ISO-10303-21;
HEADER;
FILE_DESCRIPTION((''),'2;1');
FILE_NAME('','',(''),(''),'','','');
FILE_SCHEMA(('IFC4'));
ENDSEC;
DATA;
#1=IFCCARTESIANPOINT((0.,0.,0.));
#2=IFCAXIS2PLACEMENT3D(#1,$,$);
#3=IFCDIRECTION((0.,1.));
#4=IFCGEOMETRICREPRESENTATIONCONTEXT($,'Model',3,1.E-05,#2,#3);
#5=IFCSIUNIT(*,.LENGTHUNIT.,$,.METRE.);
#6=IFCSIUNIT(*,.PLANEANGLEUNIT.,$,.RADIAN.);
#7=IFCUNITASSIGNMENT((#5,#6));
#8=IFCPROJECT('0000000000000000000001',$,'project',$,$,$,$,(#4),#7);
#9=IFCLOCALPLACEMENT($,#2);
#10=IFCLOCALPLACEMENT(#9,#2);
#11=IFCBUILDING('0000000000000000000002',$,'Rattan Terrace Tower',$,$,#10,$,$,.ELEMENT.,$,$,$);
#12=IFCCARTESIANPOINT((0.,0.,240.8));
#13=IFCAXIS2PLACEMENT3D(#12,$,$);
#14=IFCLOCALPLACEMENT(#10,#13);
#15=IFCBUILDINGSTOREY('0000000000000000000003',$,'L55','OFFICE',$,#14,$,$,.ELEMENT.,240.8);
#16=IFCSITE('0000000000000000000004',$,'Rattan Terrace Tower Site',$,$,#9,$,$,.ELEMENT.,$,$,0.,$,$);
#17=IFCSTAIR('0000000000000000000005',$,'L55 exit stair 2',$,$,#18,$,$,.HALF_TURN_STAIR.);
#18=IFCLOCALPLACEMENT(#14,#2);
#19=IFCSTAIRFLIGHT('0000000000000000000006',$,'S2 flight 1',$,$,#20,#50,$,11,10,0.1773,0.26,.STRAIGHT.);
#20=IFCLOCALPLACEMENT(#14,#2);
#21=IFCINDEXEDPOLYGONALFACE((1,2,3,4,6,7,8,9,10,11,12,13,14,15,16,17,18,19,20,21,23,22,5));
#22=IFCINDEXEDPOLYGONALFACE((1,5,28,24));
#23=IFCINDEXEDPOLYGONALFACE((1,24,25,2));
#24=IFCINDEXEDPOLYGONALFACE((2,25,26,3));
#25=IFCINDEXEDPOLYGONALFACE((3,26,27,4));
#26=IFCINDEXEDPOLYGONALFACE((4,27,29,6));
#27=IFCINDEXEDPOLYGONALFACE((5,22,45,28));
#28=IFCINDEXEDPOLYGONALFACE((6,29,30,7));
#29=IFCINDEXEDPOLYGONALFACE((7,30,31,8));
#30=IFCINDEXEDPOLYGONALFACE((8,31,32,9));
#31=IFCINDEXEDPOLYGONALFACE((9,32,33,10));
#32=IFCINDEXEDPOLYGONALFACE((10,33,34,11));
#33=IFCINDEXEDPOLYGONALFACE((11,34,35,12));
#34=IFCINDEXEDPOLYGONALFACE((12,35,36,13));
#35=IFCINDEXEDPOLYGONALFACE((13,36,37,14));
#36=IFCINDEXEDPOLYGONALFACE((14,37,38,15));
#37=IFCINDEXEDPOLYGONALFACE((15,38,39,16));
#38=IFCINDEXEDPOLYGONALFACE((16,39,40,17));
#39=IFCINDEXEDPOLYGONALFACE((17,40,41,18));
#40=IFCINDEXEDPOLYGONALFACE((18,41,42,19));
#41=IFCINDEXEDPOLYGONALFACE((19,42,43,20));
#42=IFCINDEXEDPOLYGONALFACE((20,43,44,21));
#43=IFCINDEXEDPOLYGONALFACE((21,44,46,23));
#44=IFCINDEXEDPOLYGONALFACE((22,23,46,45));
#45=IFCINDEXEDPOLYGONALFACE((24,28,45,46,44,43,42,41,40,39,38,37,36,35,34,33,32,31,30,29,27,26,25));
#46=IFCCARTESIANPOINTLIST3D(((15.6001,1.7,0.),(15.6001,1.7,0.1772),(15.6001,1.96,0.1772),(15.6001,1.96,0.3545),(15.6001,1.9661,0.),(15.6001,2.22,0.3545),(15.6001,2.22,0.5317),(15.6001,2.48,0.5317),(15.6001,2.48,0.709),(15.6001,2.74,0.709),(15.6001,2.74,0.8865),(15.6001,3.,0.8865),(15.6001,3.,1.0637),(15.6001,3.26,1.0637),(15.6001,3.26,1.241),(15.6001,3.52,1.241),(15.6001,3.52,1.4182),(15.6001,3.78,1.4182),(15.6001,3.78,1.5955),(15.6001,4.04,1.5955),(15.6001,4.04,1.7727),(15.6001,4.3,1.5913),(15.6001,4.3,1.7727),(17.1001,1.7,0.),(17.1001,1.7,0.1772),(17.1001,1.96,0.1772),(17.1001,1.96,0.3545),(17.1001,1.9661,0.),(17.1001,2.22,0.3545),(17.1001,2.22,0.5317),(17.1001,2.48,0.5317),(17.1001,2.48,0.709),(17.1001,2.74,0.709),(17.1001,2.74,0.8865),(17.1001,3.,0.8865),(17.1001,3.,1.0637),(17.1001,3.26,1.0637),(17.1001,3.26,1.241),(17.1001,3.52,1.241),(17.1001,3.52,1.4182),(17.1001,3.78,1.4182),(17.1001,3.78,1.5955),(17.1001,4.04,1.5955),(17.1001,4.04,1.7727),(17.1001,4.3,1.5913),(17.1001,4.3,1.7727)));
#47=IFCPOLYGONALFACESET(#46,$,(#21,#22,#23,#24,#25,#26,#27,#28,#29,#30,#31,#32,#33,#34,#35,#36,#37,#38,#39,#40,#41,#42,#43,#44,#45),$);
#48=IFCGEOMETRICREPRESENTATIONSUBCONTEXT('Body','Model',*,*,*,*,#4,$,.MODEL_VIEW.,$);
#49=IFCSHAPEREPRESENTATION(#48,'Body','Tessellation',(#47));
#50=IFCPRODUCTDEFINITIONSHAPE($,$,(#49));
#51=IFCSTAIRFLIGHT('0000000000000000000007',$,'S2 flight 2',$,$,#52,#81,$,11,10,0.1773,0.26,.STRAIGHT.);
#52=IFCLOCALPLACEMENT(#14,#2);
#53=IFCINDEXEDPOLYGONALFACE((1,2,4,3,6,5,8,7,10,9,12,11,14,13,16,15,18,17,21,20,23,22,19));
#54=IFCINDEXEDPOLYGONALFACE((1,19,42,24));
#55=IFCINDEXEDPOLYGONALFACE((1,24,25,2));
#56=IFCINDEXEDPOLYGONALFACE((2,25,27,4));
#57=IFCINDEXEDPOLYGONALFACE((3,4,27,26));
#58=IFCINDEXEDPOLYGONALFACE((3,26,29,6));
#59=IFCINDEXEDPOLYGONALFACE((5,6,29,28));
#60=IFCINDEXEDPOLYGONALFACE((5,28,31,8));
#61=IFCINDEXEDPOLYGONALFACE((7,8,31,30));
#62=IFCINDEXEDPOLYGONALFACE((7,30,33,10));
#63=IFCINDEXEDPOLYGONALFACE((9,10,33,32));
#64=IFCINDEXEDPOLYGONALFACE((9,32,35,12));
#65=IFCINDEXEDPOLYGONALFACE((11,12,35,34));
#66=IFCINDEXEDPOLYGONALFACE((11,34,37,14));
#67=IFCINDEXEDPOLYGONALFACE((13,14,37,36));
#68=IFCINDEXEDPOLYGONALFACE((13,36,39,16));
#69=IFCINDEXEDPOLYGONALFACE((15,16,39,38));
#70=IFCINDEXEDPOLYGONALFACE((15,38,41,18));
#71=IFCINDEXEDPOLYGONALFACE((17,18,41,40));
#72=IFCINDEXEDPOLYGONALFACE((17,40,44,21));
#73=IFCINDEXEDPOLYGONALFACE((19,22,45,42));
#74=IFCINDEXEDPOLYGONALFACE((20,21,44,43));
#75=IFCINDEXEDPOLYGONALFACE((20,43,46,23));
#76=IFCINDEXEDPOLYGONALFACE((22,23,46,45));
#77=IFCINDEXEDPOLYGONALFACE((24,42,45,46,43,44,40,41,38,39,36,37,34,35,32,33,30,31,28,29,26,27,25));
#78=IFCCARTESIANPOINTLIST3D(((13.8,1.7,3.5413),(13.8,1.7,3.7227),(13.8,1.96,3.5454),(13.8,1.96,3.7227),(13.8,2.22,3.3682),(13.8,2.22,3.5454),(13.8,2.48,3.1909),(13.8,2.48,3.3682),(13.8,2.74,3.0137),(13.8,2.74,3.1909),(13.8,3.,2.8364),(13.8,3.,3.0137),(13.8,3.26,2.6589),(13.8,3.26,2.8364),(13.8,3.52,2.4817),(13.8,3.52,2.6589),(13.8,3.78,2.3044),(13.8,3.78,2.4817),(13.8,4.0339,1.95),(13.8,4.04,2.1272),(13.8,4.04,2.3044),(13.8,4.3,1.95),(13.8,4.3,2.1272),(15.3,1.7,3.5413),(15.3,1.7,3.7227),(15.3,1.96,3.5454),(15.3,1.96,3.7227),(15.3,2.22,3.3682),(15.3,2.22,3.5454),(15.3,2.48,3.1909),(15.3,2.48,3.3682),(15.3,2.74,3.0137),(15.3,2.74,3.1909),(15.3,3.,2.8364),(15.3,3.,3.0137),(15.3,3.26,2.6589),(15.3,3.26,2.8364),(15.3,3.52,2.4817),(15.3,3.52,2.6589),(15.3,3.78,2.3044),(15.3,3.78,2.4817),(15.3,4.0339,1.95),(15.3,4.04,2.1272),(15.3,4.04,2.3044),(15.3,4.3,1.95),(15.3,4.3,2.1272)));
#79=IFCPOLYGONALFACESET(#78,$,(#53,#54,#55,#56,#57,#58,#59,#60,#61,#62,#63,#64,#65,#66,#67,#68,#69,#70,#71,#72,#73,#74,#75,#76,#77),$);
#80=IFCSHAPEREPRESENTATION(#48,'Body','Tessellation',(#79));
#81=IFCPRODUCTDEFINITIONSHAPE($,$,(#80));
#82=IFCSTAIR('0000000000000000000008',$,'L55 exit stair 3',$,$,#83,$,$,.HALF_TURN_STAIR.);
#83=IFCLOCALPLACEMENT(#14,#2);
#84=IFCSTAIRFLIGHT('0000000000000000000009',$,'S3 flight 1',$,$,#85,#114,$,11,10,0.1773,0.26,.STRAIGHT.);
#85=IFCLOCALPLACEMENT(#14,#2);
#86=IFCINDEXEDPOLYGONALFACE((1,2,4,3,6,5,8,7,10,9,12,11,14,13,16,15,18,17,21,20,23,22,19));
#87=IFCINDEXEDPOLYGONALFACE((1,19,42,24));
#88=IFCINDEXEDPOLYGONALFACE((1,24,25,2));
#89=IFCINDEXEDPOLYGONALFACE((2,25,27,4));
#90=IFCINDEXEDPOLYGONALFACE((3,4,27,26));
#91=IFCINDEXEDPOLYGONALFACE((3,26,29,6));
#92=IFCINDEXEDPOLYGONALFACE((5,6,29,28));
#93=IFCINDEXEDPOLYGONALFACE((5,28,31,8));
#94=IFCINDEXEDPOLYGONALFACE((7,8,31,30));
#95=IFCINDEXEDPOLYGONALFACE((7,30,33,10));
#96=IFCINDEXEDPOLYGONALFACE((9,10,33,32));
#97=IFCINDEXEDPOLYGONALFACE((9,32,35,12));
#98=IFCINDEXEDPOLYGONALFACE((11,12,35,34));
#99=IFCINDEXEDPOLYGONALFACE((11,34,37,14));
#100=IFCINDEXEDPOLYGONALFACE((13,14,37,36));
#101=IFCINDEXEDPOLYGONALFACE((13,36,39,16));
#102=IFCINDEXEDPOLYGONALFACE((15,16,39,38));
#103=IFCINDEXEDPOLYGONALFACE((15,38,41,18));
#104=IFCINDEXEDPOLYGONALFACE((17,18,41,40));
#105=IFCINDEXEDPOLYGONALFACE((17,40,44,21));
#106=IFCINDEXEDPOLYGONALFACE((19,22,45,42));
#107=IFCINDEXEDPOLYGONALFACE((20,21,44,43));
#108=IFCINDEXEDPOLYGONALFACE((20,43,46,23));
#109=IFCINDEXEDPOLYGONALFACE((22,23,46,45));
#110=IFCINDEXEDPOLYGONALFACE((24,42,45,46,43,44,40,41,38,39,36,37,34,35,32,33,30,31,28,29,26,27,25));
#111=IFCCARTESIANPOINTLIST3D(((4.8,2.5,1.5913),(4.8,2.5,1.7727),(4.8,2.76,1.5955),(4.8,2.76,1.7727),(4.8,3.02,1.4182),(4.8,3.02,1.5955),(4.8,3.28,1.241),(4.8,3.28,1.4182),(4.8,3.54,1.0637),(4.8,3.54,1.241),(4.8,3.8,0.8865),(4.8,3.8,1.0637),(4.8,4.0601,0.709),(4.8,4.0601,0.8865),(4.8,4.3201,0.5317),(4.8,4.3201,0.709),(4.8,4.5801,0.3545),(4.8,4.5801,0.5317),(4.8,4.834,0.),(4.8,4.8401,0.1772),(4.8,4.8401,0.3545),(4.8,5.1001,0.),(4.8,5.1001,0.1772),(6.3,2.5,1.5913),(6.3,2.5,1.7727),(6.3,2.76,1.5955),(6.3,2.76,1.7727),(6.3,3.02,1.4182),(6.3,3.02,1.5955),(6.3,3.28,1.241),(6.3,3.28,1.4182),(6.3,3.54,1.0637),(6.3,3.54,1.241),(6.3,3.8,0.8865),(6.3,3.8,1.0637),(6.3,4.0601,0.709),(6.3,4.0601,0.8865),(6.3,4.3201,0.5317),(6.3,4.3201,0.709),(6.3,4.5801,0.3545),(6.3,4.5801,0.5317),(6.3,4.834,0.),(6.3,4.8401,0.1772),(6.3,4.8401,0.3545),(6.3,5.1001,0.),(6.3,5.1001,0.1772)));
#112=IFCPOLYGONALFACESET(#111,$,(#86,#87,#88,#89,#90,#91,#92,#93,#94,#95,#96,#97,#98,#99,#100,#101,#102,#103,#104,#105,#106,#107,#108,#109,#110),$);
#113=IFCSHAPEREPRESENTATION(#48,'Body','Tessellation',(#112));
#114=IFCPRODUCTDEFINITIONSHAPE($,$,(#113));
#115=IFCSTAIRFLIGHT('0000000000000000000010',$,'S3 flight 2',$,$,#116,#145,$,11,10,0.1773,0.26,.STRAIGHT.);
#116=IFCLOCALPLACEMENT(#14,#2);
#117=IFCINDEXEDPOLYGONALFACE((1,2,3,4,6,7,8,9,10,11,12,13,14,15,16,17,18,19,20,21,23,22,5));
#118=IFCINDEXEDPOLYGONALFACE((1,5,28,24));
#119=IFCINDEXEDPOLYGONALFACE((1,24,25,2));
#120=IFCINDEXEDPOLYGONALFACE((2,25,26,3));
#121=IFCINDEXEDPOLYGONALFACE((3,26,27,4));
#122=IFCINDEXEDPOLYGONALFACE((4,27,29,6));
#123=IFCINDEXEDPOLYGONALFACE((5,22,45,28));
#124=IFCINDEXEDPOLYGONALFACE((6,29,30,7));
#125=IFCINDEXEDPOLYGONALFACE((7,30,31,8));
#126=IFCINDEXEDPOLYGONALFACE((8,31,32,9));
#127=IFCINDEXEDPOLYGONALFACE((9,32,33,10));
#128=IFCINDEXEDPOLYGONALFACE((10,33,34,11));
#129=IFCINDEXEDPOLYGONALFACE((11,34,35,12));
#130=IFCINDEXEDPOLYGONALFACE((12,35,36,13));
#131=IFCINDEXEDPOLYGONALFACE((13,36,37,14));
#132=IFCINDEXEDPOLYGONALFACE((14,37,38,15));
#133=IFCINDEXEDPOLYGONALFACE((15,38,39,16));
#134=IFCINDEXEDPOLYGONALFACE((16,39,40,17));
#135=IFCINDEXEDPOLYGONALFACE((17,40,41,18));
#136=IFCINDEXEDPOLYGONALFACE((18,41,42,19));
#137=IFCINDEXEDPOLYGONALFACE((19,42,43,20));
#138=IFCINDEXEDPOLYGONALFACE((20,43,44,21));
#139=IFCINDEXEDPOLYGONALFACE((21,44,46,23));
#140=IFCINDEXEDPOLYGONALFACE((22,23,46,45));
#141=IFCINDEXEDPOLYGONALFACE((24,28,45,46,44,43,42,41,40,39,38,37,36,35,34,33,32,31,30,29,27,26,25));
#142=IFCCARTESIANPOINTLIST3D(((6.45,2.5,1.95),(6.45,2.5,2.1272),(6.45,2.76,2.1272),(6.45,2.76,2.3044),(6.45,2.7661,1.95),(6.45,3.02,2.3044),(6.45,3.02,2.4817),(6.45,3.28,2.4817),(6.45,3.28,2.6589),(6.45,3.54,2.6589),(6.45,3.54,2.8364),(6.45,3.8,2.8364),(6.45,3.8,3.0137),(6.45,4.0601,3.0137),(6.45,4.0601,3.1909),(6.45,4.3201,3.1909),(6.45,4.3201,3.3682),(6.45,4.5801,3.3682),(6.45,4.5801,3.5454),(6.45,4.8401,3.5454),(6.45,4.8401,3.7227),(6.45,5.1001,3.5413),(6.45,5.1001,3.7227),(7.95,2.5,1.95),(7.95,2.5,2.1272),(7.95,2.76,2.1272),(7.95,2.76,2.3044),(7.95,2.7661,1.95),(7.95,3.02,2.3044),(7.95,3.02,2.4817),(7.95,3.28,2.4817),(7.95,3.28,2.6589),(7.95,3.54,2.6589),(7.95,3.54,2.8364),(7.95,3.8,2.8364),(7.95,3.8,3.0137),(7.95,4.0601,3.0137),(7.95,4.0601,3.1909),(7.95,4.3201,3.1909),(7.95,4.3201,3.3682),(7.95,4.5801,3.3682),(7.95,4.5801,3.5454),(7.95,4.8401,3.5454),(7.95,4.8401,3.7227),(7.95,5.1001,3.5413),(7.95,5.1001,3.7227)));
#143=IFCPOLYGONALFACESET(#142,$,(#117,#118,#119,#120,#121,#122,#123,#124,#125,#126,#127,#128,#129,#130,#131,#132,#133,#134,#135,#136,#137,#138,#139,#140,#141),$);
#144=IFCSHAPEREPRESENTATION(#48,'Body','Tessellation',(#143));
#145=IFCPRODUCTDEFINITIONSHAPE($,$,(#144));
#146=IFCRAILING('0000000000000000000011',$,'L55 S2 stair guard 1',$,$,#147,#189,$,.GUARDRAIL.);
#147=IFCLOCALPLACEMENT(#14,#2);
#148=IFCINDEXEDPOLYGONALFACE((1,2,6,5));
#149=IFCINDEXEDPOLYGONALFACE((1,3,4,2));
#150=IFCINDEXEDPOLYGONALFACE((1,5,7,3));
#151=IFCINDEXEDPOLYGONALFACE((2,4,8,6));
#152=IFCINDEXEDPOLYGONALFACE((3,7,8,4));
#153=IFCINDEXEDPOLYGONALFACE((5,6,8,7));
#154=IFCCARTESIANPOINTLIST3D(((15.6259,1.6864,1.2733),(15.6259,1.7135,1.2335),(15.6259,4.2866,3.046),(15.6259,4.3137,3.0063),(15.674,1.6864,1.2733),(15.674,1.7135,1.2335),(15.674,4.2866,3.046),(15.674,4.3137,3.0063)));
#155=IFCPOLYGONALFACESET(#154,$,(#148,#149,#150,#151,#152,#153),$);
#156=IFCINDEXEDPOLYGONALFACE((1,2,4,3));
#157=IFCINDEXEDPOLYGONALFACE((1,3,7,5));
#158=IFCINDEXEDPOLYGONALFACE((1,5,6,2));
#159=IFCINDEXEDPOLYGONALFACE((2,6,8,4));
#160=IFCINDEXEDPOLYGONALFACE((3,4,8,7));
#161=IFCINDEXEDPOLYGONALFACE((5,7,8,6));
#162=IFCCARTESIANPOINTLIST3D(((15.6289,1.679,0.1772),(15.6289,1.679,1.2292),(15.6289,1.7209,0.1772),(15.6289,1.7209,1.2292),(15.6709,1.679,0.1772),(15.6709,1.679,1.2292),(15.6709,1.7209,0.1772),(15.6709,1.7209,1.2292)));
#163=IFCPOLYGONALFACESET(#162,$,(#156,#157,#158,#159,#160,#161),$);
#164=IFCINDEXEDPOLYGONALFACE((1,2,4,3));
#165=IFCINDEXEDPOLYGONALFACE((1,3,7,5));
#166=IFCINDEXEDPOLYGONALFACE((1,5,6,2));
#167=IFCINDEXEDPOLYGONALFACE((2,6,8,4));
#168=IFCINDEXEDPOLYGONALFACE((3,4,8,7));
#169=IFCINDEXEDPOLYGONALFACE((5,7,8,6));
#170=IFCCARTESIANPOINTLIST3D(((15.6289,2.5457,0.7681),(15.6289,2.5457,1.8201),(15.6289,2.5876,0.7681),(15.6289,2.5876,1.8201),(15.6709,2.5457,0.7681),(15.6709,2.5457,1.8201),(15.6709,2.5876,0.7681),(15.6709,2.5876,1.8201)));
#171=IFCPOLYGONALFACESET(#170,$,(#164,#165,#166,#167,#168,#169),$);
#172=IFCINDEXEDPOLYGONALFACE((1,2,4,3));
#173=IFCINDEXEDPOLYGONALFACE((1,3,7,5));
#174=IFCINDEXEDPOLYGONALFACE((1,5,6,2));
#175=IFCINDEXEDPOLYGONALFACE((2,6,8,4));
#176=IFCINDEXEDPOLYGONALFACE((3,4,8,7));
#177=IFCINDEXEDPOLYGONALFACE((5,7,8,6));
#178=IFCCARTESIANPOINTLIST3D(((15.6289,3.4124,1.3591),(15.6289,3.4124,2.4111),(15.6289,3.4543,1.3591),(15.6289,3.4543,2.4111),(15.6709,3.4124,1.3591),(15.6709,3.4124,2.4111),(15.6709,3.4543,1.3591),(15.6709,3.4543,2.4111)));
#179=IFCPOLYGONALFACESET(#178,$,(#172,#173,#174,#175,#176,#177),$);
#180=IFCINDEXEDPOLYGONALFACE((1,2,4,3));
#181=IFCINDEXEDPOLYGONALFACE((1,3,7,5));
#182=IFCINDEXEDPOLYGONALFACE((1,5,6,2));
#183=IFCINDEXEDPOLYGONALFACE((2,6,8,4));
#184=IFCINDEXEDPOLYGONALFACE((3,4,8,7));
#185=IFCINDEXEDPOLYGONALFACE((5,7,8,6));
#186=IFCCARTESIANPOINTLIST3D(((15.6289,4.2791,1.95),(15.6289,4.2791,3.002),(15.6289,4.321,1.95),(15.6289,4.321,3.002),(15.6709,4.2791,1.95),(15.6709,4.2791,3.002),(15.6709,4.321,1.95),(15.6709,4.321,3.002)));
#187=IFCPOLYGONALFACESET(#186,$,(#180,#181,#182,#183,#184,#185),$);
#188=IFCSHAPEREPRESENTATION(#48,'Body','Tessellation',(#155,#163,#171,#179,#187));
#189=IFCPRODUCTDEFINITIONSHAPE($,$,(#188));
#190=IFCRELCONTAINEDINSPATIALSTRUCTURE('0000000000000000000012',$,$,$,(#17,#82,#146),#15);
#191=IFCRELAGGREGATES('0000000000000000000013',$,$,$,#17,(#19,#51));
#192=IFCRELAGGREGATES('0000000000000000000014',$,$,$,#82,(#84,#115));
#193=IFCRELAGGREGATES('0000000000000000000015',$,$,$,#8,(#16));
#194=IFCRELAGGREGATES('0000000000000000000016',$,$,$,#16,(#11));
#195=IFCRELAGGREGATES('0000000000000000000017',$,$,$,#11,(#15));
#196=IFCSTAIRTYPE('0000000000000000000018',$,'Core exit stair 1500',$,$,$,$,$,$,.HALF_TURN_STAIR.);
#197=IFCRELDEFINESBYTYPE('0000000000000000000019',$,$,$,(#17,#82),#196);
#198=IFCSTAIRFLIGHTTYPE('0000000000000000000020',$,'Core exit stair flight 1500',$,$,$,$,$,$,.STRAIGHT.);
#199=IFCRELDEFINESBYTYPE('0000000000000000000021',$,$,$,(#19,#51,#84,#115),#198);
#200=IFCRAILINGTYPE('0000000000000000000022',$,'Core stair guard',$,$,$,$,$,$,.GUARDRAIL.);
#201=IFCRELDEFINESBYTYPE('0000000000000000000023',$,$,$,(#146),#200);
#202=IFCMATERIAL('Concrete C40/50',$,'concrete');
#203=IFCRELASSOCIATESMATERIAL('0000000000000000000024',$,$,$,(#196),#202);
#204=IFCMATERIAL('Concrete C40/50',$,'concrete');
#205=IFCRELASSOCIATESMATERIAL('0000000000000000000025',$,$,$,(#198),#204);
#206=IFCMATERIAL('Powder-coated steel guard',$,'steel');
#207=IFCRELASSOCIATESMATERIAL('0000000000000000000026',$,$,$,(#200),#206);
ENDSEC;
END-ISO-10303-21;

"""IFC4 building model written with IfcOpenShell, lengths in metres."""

from ifc_helpers import new_model, si_unit, direction, frame, origin, origin_2d, place, context, subcontext, project, spatial, polyline, rectangle, outline, extrude, material, type_object, element, aggregate, save


model = new_model("IFC4")

# Units and contexts
model_context = context("Model", 3, precision=1e-05, world=origin(), true_north=direction((0.0, 1.0)))
body_context = subcontext(model_context, "Body", "Model", "MODEL_VIEW")
ifc_project = project(units=[si_unit("LENGTHUNIT", "METRE"), si_unit("PLANEANGLEUNIT", "RADIAN")], contexts=[model_context])

# Site, building, storey
site_placement = place(None, origin())
site = spatial("IfcSite", under=ifc_project, at=site_placement, Name="Rattan Terrace Tower Site", CompositionType="ELEMENT", RefElevation=0.0)
building_placement = place(site_placement, origin())
building = spatial("IfcBuilding", under=site, at=building_placement, Name="Rattan Terrace Tower", CompositionType="ELEMENT")
storey_placement = place(building_placement, frame((0.0, 0.0, 240.8)))
storey = spatial("IfcBuildingStorey", under=building, at=storey_placement, Name="L55", Description="OFFICE", CompositionType="ELEMENT", Elevation=240.8)

# Stairs, stair flights
ifc_material_1 = material(Name="Concrete C40/50", Category="concrete")
stair_type = type_object("IfcStairType", Name="Core exit stair 1500", PredefinedType="HALF_TURN_STAIR", material=ifc_material_1)
stair_1_placement = place(storey_placement, origin())
stair_1 = element("IfcStair", 1, at=stair_1_placement, inside=storey, type_object=stair_type, Name="L55 exit stair 2", PredefinedType="HALF_TURN_STAIR")
ifc_material_2 = material(Name="Concrete C40/50", Category="concrete")
stair_flight_type = type_object("IfcStairFlightType", Name="Core exit stair flight 1500", PredefinedType="STRAIGHT", material=ifc_material_2)
stair_flight_1_placement = place(storey_placement, frame((16.3501, 1.7, 0.0), z_axis=(0.0, 0.0, 1.0), x_axis=(0.0, 1.0, 0.0)))
stair_flight_1 = element("IfcStairFlight", 2, at=stair_flight_1_placement, type_object=stair_flight_type, Name="S2 flight 1", NumberOfRisers=11, NumberOfTreads=10, PredefinedType="STRAIGHT", RiserHeight=0.1773, TreadLength=0.26, context=body_context, shape_type="SweptSolid", body=[
    extrude(outline(polyline([(0.0, 0.0), (0.0, 0.1772), (0.26, 0.1772), (0.26, 0.3545), (0.52, 0.3545), (0.52, 0.5317), (0.78, 0.5317), (0.78, 0.709), (1.04, 0.709), (1.04, 0.8865), (1.3, 0.8865), (1.3, 1.0637), (1.5601, 1.0637), (1.5601, 1.241), (1.8201, 1.241), (1.8201, 1.4182), (2.0801, 1.4182), (2.0801, 1.5955), (2.3401, 1.5955), (2.3401, 1.7727), (2.6001, 1.7727), (2.6001, 1.95), (2.6001, 1.5913), (0.2661, 0.0), (0.0, 0.0)])), frame((0.0, 0.75, 0.0), z_axis=(0.0, -1.0, 0.0), x_axis=(1.0, 0.0, 0.0)), (0.0, 0.0, 1.0), 1.5),
])
stair_flight_2_placement = place(storey_placement, frame((14.55, 4.3, 1.95), z_axis=(0.0, 0.0, 1.0), x_axis=(0.0, -1.0, 0.0)))
stair_flight_2 = element("IfcStairFlight", 3, at=stair_flight_2_placement, type_object=stair_flight_type, Name="S2 flight 2", NumberOfRisers=11, NumberOfTreads=10, PredefinedType="STRAIGHT", RiserHeight=0.1773, TreadLength=0.26, context=body_context, shape_type="SweptSolid", body=[
    extrude(outline(polyline([(0.0, 0.0), (0.0, 0.1772), (0.26, 0.1772), (0.26, 0.3545), (0.52, 0.3545), (0.52, 0.5317), (0.78, 0.5317), (0.78, 0.709), (1.04, 0.709), (1.04, 0.8865), (1.3, 0.8865), (1.3, 1.0637), (1.5601, 1.0637), (1.5601, 1.241), (1.8201, 1.241), (1.8201, 1.4182), (2.0801, 1.4182), (2.0801, 1.5955), (2.3401, 1.5955), (2.3401, 1.7727), (2.6001, 1.7727), (2.6001, 1.95), (2.6001, 1.5913), (0.2661, 0.0), (0.0, 0.0)])), frame((0.0, 0.75, 0.0), z_axis=(0.0, -1.0, 0.0), x_axis=(1.0, 0.0, 0.0)), (0.0, 0.0, 1.0), 1.5),
])
aggregate(stair_1, [stair_flight_1, stair_flight_2])
stair_2_placement = place(storey_placement, origin())
stair_2 = element("IfcStair", 4, at=stair_2_placement, inside=storey, type_object=stair_type, Name="L55 exit stair 3", PredefinedType="HALF_TURN_STAIR")
stair_flight_3_placement = place(storey_placement, frame((5.55, 5.1001, 0.0), z_axis=(0.0, 0.0, 1.0), x_axis=(0.0, -1.0, 0.0)))
stair_flight_3 = element("IfcStairFlight", 5, at=stair_flight_3_placement, type_object=stair_flight_type, Name="S3 flight 1", NumberOfRisers=11, NumberOfTreads=10, PredefinedType="STRAIGHT", RiserHeight=0.1773, TreadLength=0.26, context=body_context, shape_type="SweptSolid", body=[
    extrude(outline(polyline([(0.0, 0.0), (0.0, 0.1772), (0.26, 0.1772), (0.26, 0.3545), (0.52, 0.3545), (0.52, 0.5317), (0.78, 0.5317), (0.78, 0.709), (1.04, 0.709), (1.04, 0.8865), (1.3, 0.8865), (1.3, 1.0637), (1.5601, 1.0637), (1.5601, 1.241), (1.8201, 1.241), (1.8201, 1.4182), (2.0801, 1.4182), (2.0801, 1.5955), (2.3401, 1.5955), (2.3401, 1.7727), (2.6001, 1.7727), (2.6001, 1.95), (2.6001, 1.5913), (0.2661, 0.0), (0.0, 0.0)])), frame((0.0, 0.75, 0.0), z_axis=(0.0, -1.0, 0.0), x_axis=(1.0, 0.0, 0.0)), (0.0, 0.0, 1.0), 1.5),
])
stair_flight_4_placement = place(storey_placement, frame((7.2, 2.5, 1.95), z_axis=(0.0, 0.0, 1.0), x_axis=(0.0, 1.0, 0.0)))
stair_flight_4 = element("IfcStairFlight", 6, at=stair_flight_4_placement, type_object=stair_flight_type, Name="S3 flight 2", NumberOfRisers=11, NumberOfTreads=10, PredefinedType="STRAIGHT", RiserHeight=0.1773, TreadLength=0.26, context=body_context, shape_type="SweptSolid", body=[
    extrude(outline(polyline([(0.0, 0.0), (0.0, 0.1772), (0.26, 0.1772), (0.26, 0.3545), (0.52, 0.3545), (0.52, 0.5317), (0.78, 0.5317), (0.78, 0.709), (1.04, 0.709), (1.04, 0.8865), (1.3, 0.8865), (1.3, 1.0637), (1.5601, 1.0637), (1.5601, 1.241), (1.8201, 1.241), (1.8201, 1.4182), (2.0801, 1.4182), (2.0801, 1.5955), (2.3401, 1.5955), (2.3401, 1.7727), (2.6001, 1.7727), (2.6001, 1.95), (2.6001, 1.5913), (0.2661, 0.0), (0.0, 0.0)])), frame((0.0, 0.75, 0.0), z_axis=(0.0, -1.0, 0.0), x_axis=(1.0, 0.0, 0.0)), (0.0, 0.0, 1.0), 1.5),
])
aggregate(stair_2, [stair_flight_3, stair_flight_4])

# Railing
ifc_material_3 = material(Name="Powder-coated steel guard", Category="steel")
railing_type_1 = type_object("IfcRailingType", Name="Core stair guard", PredefinedType="GUARDRAIL", material=ifc_material_3)
railing_1_placement = place(storey_placement, frame((15.6499, 1.7, 0.1772)))
element("IfcRailing", 7, at=railing_1_placement, inside=storey, type_object=railing_type_1, Name="L55 S2 stair guard 1", PredefinedType="GUARDRAIL", context=body_context, shape_type="SweptSolid", body=[
    extrude(rectangle(XDim=0.0481, YDim=0.0481, at=origin_2d()), frame((0.0, 0.0, 1.0762), z_axis=(0.0, 0.82624, 0.563318), x_axis=(-1.0, 0.0, 0.0)), (0.0, 0.0, 1.0), 3.147),
    extrude(rectangle(XDim=0.042, YDim=0.042, at=origin_2d()), origin(), (0.0, 0.0, 1.0), 1.052),
    extrude(rectangle(XDim=0.042, YDim=0.042, at=origin_2d()), frame((0.0, 0.8667, 0.5908)), (0.0, 0.0, 1.0), 1.052),
    extrude(rectangle(XDim=0.042, YDim=0.042, at=origin_2d()), frame((0.0, 1.7334, 1.1819)), (0.0, 0.0, 1.0), 1.052),
    extrude(rectangle(XDim=0.042, YDim=0.042, at=origin_2d()), frame((0.0, 2.6001, 1.7727)), (0.0, 0.0, 1.0), 1.052),
])

save(model, "model.ifc")
